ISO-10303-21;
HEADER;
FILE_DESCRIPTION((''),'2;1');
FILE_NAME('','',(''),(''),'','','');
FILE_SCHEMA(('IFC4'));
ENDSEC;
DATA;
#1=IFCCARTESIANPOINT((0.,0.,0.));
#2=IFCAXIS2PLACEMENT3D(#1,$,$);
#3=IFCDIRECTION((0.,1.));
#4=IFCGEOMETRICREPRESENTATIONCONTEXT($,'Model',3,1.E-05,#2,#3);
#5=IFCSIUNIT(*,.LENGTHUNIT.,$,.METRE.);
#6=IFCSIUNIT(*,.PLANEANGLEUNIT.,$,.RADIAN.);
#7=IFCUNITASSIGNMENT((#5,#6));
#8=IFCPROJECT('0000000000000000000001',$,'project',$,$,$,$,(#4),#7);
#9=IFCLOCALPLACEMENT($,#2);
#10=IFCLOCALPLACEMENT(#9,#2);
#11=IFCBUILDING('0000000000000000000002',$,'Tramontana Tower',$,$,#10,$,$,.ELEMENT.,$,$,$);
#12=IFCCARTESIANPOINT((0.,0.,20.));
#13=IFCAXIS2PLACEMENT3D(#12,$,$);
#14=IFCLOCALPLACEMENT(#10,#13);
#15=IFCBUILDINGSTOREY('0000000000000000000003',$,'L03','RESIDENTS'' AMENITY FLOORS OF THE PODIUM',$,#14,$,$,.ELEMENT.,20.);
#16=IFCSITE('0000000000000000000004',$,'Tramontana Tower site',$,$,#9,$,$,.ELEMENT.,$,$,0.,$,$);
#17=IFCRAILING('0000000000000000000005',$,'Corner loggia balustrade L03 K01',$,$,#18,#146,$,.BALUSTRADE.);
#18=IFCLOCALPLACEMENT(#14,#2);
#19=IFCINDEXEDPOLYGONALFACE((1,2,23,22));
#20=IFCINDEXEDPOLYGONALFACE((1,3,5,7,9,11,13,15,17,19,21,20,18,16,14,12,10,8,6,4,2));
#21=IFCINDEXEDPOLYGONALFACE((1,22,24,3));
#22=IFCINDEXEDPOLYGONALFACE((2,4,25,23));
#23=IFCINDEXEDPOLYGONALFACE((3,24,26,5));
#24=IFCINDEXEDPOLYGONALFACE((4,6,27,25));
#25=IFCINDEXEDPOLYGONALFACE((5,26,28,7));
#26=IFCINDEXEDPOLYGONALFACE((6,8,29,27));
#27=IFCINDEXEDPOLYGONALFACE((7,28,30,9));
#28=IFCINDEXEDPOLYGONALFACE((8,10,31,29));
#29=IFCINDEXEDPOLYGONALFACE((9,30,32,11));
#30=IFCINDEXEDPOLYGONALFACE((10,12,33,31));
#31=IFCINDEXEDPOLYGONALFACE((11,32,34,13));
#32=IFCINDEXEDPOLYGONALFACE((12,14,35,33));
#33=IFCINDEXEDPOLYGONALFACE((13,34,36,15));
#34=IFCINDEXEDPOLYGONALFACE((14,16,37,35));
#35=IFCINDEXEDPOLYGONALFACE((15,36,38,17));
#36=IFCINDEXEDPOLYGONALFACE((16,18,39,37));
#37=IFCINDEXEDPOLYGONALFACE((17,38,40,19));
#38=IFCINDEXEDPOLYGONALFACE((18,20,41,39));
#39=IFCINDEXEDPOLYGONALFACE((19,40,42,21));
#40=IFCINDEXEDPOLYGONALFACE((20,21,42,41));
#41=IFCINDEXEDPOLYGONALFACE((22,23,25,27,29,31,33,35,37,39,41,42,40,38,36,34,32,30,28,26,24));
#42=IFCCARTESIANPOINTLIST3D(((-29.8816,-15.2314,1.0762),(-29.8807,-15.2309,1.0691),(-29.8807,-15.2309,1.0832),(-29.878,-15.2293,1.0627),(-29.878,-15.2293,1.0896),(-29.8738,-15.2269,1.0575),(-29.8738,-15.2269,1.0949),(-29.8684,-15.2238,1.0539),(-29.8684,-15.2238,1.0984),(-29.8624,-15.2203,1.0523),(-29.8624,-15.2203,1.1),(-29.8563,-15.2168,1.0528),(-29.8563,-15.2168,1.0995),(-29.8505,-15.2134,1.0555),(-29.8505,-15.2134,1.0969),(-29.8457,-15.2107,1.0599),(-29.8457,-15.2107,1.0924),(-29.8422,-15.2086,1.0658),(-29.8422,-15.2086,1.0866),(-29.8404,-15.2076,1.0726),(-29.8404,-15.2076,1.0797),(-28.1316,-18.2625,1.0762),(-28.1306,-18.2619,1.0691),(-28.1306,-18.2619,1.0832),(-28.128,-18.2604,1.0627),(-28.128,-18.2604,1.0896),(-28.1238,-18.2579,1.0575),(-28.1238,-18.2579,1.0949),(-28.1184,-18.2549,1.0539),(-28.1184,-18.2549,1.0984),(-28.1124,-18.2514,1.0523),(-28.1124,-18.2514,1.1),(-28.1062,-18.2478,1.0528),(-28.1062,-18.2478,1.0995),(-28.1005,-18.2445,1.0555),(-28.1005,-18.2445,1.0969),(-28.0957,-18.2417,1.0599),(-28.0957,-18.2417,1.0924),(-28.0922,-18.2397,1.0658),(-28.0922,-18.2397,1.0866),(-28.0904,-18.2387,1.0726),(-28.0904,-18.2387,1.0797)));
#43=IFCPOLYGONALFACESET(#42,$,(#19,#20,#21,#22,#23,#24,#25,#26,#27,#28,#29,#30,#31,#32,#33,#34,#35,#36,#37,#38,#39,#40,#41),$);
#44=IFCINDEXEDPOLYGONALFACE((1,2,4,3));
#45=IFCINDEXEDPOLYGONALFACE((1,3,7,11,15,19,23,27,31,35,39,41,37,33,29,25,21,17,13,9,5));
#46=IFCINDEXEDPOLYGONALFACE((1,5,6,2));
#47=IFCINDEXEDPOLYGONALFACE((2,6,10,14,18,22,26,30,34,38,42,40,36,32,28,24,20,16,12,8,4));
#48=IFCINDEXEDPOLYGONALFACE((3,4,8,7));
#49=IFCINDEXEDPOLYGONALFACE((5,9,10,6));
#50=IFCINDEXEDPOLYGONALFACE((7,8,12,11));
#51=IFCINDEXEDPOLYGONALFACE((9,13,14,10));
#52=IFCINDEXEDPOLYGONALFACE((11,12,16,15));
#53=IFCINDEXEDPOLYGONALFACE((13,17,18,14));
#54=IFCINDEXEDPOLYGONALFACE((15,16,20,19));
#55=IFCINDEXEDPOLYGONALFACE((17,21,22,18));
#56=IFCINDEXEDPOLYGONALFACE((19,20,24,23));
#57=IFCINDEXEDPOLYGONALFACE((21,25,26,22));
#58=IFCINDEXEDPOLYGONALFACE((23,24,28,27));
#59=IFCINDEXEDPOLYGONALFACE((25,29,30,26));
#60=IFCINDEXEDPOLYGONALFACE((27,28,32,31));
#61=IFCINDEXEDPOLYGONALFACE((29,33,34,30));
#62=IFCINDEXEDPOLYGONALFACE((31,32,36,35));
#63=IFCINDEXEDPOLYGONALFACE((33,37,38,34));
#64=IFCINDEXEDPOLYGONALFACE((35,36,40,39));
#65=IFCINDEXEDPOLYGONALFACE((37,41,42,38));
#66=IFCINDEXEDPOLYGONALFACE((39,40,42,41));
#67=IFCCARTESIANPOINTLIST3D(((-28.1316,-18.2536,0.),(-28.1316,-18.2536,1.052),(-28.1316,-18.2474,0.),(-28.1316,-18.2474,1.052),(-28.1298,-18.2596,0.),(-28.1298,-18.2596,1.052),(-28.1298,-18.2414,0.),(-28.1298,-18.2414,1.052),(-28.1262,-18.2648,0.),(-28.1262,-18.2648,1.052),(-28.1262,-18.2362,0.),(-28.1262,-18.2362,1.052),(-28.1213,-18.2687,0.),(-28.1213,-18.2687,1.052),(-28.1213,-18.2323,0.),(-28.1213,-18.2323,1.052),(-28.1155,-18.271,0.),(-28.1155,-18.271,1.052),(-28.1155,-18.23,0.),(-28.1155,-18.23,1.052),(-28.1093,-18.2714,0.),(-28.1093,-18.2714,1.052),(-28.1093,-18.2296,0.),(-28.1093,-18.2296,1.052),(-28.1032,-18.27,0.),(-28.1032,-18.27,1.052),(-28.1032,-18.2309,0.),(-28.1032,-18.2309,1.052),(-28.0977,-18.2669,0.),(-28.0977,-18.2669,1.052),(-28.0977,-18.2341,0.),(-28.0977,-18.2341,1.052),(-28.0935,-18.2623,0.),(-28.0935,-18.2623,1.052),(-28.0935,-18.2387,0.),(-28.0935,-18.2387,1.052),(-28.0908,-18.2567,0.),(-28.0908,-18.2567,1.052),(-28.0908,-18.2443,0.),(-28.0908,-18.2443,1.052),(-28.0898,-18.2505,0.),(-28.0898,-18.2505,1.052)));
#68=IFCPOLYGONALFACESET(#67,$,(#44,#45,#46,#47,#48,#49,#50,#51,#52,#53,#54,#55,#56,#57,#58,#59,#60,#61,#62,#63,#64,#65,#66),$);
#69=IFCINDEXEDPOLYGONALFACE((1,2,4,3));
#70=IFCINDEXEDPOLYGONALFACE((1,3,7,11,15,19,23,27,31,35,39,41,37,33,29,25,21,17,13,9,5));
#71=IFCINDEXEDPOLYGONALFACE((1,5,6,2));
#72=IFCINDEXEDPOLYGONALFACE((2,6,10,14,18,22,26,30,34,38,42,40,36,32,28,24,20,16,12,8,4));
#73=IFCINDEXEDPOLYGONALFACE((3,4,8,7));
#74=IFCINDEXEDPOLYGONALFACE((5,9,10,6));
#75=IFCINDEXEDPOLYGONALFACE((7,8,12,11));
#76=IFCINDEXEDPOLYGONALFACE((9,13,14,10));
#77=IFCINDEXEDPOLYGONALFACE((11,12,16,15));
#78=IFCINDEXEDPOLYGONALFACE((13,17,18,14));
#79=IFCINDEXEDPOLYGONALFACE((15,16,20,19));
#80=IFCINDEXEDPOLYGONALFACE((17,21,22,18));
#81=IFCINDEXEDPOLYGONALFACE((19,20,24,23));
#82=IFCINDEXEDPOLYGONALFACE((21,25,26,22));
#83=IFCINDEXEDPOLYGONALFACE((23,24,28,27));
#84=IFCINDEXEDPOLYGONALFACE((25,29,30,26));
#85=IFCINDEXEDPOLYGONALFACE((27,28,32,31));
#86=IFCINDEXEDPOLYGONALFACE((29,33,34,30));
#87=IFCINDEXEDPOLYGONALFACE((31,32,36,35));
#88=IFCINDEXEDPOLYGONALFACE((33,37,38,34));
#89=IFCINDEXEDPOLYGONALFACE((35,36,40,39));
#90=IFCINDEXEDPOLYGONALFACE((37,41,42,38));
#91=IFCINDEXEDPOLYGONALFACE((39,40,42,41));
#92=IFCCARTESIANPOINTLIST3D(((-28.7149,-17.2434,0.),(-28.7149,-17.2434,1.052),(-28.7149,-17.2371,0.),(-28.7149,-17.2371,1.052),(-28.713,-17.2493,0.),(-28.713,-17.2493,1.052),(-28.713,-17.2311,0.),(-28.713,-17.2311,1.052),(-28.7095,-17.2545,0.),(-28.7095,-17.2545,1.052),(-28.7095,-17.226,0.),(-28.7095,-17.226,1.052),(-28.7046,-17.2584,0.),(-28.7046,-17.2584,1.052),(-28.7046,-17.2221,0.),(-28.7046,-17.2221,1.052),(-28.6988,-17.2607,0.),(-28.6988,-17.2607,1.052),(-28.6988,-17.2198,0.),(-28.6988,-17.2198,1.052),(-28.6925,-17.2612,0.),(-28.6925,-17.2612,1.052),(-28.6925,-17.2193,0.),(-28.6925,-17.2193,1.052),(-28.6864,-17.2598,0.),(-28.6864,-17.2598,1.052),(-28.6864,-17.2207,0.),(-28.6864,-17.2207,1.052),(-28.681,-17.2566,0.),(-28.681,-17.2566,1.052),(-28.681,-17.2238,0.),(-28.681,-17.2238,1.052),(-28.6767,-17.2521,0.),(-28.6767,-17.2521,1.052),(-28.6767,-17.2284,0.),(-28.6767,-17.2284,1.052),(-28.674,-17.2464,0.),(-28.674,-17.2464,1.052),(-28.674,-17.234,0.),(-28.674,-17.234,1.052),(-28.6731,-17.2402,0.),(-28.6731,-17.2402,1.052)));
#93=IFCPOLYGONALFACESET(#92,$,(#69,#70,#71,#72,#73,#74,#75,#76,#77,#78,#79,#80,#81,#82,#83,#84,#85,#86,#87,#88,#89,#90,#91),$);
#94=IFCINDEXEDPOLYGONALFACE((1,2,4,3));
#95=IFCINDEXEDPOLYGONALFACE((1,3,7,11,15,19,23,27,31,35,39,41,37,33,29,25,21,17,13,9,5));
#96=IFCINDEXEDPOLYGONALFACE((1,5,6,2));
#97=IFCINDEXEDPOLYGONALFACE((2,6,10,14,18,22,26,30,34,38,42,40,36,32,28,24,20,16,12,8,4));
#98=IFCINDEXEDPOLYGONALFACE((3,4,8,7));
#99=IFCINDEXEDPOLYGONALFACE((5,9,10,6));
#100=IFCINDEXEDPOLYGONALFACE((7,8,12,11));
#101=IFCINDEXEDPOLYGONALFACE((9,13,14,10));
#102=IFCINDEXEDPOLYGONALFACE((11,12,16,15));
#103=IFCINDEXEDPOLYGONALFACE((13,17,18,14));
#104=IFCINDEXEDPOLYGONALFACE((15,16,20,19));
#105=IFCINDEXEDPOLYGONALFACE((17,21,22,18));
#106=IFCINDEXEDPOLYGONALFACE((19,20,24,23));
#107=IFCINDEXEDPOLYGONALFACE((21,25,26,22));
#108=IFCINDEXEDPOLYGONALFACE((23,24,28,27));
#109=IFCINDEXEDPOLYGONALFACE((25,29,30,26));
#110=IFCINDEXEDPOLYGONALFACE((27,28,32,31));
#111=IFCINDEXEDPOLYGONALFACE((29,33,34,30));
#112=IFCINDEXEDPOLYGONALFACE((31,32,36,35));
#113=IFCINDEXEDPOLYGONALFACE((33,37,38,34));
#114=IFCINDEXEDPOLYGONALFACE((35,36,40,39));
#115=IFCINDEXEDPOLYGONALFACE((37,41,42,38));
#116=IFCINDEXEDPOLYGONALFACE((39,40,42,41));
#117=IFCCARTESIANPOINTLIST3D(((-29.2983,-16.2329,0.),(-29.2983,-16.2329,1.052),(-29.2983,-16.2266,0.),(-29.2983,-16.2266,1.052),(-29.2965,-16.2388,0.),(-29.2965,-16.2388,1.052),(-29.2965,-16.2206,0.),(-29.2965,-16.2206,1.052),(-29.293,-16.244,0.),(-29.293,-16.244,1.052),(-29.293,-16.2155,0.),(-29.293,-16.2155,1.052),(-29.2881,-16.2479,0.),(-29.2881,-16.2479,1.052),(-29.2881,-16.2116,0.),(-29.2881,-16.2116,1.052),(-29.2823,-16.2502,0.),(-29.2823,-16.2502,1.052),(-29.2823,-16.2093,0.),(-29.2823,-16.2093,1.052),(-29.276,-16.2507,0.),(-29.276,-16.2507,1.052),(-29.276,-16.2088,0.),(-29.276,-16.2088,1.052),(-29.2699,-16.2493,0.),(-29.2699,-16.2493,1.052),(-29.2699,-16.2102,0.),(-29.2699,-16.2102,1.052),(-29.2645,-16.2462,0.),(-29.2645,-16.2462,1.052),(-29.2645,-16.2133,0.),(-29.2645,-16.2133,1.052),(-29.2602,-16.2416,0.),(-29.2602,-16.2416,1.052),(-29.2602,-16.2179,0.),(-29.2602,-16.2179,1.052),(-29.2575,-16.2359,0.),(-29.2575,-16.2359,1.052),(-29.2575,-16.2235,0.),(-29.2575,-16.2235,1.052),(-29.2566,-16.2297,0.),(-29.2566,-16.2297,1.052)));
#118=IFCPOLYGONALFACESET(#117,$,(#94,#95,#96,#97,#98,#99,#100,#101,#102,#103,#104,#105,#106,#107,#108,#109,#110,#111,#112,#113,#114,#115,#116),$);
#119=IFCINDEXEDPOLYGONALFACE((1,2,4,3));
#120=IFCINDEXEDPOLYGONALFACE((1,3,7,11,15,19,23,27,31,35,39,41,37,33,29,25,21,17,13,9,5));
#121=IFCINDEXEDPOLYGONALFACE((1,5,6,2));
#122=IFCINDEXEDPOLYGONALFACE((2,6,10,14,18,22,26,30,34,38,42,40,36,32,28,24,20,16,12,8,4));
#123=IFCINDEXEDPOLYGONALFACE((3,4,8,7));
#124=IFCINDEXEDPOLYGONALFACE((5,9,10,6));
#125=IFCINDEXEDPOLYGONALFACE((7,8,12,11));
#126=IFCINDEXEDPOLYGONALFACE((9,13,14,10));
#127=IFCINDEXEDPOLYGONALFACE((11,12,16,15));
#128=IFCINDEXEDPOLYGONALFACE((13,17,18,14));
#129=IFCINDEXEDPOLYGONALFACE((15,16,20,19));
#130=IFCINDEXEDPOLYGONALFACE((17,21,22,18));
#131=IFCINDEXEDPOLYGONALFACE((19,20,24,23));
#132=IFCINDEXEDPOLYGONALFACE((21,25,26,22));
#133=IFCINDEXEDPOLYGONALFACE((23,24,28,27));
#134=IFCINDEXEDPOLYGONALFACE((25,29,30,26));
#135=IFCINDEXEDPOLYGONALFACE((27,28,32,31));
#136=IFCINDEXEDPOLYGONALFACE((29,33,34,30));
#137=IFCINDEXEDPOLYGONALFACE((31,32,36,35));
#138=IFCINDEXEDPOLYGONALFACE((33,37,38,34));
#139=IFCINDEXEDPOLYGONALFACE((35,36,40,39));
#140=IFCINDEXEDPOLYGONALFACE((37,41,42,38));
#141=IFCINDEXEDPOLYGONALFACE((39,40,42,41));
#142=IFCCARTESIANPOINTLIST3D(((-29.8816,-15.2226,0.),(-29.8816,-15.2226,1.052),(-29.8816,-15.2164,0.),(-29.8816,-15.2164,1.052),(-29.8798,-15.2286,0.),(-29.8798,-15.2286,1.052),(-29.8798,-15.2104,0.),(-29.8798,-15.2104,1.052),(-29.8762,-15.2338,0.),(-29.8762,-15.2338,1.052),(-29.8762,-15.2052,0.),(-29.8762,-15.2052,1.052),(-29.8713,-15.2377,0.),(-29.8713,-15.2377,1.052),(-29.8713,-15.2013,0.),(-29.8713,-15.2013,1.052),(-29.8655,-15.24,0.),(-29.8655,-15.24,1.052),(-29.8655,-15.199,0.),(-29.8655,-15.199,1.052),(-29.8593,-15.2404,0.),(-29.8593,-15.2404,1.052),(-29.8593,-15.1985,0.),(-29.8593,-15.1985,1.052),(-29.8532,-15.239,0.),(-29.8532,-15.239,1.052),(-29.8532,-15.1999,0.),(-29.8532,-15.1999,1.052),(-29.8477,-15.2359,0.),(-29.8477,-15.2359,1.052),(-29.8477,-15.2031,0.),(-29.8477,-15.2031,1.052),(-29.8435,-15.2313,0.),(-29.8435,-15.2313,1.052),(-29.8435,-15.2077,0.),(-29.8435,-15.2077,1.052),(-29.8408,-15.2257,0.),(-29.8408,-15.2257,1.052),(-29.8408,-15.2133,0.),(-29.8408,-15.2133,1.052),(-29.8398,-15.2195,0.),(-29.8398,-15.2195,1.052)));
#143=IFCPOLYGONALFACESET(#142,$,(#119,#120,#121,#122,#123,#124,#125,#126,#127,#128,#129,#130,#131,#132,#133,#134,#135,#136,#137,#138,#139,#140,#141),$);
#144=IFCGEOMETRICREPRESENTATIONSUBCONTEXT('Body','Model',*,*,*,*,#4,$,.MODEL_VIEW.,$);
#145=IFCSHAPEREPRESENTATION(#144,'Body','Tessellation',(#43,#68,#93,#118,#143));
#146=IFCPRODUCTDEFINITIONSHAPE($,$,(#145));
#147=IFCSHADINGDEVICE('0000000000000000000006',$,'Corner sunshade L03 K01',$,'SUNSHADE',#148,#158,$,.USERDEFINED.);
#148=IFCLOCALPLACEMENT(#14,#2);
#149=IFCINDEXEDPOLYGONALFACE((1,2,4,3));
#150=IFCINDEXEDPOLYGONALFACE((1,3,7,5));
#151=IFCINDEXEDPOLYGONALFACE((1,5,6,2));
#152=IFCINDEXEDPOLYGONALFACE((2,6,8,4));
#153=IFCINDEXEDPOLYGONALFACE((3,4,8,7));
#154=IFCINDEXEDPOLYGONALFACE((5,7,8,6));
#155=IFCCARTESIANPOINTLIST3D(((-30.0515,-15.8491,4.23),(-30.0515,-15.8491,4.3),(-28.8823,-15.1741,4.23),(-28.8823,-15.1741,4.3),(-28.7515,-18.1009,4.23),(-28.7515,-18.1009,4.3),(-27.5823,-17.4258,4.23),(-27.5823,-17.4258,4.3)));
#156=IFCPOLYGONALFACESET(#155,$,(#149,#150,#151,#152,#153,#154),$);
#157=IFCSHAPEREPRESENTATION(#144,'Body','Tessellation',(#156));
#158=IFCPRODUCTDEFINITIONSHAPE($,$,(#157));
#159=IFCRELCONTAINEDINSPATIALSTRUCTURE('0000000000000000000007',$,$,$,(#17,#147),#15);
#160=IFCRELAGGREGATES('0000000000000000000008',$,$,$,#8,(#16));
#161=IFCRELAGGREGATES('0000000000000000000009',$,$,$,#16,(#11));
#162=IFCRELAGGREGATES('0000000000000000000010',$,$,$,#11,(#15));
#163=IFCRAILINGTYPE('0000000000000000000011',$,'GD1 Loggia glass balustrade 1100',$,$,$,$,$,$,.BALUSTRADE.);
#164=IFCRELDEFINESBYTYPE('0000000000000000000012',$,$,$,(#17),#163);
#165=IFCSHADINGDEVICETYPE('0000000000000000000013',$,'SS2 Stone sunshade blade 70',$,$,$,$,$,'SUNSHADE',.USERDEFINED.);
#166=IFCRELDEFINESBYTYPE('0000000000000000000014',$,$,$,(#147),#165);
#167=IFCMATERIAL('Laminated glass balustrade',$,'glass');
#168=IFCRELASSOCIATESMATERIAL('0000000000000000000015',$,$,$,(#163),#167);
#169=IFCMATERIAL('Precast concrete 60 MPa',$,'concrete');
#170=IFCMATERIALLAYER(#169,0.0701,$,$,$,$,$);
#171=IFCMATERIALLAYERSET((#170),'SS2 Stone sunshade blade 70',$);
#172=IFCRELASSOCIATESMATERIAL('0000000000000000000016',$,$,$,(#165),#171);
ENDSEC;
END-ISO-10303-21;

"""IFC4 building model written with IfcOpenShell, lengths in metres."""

from ifc_helpers import new_model, si_unit, direction, frame, origin, origin_2d, place, context, subcontext, project, spatial, rectangle, circle, extrude, material, layer, layer_set, type_object, element, save


model = new_model("IFC4")

# Units and contexts
model_context = context("Model", 3, precision=1e-05, world=origin(), true_north=direction((0.0, 1.0)))
body_context = subcontext(model_context, "Body", "Model", "MODEL_VIEW")
ifc_project = project(units=[si_unit("LENGTHUNIT", "METRE"), si_unit("PLANEANGLEUNIT", "RADIAN")], contexts=[model_context])

# Site, building, storey
site_placement = place(None, origin())
site = spatial("IfcSite", under=ifc_project, at=site_placement, Name="Tramontana Tower site", CompositionType="ELEMENT", RefElevation=0.0)
building_placement = place(site_placement, origin())
building = spatial("IfcBuilding", under=site, at=building_placement, Name="Tramontana Tower", CompositionType="ELEMENT")
storey_placement = place(building_placement, frame((0.0, 0.0, 20.0)))
storey = spatial("IfcBuildingStorey", under=building, at=storey_placement, Name="L03", Description="RESIDENTS' AMENITY FLOORS OF THE PODIUM", CompositionType="ELEMENT", Elevation=20.0)

# Railing
ifc_material_1 = material(Name="Laminated glass balustrade", Category="glass")
railing_type = type_object("IfcRailingType", Name="GD1 Loggia glass balustrade 1100", PredefinedType="BALUSTRADE", material=ifc_material_1)
railing_placement = place(storey_placement, frame((-28.1108, -18.2505, 0.0)))
element("IfcRailing", 1, at=railing_placement, inside=storey, type_object=railing_type, Name="Corner loggia balustrade L03 K01", PredefinedType="BALUSTRADE", context=body_context, shape_type="SweptSolid", body=[
    extrude(circle(Radius=0.0239, at=origin_2d()), frame((0.0, 0.0, 1.0762), z_axis=(-0.50001, 0.866019, 0.0), x_axis=(-0.866019, -0.50001, 0.0)), (0.0, 0.0, 1.0), 3.5),
    extrude(circle(Radius=0.021, at=origin_2d()), origin(), (0.0, 0.0, 1.0), 1.052),
    extrude(circle(Radius=0.021, at=origin_2d()), frame((-0.5833, 1.0103, 0.0)), (0.0, 0.0, 1.0), 1.052),
    extrude(circle(Radius=0.021, at=origin_2d()), frame((-1.1667, 2.0208, 0.0)), (0.0, 0.0, 1.0), 1.052),
    extrude(circle(Radius=0.021, at=origin_2d()), frame((-1.75, 3.031, 0.0)), (0.0, 0.0, 1.0), 1.052),
])

# Shading device
ifc_material_2 = material(Name="Precast concrete 60 MPa", Category="concrete")
ifc_layer_1 = layer(ifc_material_2, 0.0701)
ifc_layer_set_1 = layer_set([ifc_layer_1], Name="SS2 Stone sunshade blade 70")
shading_device_type = type_object("IfcShadingDeviceType", Name="SS2 Stone sunshade blade 70", ElementType="SUNSHADE", PredefinedType="USERDEFINED", material=ifc_layer_set_1)
shading_device_placement = place(storey_placement, frame((-28.8169, -16.6375, 4.23), z_axis=(0.0, 0.0, 1.0), x_axis=(-0.5, 0.866025, 0.0)))
element("IfcShadingDevice", 2, at=shading_device_placement, inside=storey, type_object=shading_device_type, Name="Corner sunshade L03 K01", ObjectType="SUNSHADE", PredefinedType="USERDEFINED", context=body_context, shape_type="SweptSolid", body=[
    extrude(rectangle(XDim=2.6001, YDim=1.3501, at=origin_2d()), origin(), (0.0, 0.0, 1.0), 0.0701),
])

save(model, "model.ifc")
